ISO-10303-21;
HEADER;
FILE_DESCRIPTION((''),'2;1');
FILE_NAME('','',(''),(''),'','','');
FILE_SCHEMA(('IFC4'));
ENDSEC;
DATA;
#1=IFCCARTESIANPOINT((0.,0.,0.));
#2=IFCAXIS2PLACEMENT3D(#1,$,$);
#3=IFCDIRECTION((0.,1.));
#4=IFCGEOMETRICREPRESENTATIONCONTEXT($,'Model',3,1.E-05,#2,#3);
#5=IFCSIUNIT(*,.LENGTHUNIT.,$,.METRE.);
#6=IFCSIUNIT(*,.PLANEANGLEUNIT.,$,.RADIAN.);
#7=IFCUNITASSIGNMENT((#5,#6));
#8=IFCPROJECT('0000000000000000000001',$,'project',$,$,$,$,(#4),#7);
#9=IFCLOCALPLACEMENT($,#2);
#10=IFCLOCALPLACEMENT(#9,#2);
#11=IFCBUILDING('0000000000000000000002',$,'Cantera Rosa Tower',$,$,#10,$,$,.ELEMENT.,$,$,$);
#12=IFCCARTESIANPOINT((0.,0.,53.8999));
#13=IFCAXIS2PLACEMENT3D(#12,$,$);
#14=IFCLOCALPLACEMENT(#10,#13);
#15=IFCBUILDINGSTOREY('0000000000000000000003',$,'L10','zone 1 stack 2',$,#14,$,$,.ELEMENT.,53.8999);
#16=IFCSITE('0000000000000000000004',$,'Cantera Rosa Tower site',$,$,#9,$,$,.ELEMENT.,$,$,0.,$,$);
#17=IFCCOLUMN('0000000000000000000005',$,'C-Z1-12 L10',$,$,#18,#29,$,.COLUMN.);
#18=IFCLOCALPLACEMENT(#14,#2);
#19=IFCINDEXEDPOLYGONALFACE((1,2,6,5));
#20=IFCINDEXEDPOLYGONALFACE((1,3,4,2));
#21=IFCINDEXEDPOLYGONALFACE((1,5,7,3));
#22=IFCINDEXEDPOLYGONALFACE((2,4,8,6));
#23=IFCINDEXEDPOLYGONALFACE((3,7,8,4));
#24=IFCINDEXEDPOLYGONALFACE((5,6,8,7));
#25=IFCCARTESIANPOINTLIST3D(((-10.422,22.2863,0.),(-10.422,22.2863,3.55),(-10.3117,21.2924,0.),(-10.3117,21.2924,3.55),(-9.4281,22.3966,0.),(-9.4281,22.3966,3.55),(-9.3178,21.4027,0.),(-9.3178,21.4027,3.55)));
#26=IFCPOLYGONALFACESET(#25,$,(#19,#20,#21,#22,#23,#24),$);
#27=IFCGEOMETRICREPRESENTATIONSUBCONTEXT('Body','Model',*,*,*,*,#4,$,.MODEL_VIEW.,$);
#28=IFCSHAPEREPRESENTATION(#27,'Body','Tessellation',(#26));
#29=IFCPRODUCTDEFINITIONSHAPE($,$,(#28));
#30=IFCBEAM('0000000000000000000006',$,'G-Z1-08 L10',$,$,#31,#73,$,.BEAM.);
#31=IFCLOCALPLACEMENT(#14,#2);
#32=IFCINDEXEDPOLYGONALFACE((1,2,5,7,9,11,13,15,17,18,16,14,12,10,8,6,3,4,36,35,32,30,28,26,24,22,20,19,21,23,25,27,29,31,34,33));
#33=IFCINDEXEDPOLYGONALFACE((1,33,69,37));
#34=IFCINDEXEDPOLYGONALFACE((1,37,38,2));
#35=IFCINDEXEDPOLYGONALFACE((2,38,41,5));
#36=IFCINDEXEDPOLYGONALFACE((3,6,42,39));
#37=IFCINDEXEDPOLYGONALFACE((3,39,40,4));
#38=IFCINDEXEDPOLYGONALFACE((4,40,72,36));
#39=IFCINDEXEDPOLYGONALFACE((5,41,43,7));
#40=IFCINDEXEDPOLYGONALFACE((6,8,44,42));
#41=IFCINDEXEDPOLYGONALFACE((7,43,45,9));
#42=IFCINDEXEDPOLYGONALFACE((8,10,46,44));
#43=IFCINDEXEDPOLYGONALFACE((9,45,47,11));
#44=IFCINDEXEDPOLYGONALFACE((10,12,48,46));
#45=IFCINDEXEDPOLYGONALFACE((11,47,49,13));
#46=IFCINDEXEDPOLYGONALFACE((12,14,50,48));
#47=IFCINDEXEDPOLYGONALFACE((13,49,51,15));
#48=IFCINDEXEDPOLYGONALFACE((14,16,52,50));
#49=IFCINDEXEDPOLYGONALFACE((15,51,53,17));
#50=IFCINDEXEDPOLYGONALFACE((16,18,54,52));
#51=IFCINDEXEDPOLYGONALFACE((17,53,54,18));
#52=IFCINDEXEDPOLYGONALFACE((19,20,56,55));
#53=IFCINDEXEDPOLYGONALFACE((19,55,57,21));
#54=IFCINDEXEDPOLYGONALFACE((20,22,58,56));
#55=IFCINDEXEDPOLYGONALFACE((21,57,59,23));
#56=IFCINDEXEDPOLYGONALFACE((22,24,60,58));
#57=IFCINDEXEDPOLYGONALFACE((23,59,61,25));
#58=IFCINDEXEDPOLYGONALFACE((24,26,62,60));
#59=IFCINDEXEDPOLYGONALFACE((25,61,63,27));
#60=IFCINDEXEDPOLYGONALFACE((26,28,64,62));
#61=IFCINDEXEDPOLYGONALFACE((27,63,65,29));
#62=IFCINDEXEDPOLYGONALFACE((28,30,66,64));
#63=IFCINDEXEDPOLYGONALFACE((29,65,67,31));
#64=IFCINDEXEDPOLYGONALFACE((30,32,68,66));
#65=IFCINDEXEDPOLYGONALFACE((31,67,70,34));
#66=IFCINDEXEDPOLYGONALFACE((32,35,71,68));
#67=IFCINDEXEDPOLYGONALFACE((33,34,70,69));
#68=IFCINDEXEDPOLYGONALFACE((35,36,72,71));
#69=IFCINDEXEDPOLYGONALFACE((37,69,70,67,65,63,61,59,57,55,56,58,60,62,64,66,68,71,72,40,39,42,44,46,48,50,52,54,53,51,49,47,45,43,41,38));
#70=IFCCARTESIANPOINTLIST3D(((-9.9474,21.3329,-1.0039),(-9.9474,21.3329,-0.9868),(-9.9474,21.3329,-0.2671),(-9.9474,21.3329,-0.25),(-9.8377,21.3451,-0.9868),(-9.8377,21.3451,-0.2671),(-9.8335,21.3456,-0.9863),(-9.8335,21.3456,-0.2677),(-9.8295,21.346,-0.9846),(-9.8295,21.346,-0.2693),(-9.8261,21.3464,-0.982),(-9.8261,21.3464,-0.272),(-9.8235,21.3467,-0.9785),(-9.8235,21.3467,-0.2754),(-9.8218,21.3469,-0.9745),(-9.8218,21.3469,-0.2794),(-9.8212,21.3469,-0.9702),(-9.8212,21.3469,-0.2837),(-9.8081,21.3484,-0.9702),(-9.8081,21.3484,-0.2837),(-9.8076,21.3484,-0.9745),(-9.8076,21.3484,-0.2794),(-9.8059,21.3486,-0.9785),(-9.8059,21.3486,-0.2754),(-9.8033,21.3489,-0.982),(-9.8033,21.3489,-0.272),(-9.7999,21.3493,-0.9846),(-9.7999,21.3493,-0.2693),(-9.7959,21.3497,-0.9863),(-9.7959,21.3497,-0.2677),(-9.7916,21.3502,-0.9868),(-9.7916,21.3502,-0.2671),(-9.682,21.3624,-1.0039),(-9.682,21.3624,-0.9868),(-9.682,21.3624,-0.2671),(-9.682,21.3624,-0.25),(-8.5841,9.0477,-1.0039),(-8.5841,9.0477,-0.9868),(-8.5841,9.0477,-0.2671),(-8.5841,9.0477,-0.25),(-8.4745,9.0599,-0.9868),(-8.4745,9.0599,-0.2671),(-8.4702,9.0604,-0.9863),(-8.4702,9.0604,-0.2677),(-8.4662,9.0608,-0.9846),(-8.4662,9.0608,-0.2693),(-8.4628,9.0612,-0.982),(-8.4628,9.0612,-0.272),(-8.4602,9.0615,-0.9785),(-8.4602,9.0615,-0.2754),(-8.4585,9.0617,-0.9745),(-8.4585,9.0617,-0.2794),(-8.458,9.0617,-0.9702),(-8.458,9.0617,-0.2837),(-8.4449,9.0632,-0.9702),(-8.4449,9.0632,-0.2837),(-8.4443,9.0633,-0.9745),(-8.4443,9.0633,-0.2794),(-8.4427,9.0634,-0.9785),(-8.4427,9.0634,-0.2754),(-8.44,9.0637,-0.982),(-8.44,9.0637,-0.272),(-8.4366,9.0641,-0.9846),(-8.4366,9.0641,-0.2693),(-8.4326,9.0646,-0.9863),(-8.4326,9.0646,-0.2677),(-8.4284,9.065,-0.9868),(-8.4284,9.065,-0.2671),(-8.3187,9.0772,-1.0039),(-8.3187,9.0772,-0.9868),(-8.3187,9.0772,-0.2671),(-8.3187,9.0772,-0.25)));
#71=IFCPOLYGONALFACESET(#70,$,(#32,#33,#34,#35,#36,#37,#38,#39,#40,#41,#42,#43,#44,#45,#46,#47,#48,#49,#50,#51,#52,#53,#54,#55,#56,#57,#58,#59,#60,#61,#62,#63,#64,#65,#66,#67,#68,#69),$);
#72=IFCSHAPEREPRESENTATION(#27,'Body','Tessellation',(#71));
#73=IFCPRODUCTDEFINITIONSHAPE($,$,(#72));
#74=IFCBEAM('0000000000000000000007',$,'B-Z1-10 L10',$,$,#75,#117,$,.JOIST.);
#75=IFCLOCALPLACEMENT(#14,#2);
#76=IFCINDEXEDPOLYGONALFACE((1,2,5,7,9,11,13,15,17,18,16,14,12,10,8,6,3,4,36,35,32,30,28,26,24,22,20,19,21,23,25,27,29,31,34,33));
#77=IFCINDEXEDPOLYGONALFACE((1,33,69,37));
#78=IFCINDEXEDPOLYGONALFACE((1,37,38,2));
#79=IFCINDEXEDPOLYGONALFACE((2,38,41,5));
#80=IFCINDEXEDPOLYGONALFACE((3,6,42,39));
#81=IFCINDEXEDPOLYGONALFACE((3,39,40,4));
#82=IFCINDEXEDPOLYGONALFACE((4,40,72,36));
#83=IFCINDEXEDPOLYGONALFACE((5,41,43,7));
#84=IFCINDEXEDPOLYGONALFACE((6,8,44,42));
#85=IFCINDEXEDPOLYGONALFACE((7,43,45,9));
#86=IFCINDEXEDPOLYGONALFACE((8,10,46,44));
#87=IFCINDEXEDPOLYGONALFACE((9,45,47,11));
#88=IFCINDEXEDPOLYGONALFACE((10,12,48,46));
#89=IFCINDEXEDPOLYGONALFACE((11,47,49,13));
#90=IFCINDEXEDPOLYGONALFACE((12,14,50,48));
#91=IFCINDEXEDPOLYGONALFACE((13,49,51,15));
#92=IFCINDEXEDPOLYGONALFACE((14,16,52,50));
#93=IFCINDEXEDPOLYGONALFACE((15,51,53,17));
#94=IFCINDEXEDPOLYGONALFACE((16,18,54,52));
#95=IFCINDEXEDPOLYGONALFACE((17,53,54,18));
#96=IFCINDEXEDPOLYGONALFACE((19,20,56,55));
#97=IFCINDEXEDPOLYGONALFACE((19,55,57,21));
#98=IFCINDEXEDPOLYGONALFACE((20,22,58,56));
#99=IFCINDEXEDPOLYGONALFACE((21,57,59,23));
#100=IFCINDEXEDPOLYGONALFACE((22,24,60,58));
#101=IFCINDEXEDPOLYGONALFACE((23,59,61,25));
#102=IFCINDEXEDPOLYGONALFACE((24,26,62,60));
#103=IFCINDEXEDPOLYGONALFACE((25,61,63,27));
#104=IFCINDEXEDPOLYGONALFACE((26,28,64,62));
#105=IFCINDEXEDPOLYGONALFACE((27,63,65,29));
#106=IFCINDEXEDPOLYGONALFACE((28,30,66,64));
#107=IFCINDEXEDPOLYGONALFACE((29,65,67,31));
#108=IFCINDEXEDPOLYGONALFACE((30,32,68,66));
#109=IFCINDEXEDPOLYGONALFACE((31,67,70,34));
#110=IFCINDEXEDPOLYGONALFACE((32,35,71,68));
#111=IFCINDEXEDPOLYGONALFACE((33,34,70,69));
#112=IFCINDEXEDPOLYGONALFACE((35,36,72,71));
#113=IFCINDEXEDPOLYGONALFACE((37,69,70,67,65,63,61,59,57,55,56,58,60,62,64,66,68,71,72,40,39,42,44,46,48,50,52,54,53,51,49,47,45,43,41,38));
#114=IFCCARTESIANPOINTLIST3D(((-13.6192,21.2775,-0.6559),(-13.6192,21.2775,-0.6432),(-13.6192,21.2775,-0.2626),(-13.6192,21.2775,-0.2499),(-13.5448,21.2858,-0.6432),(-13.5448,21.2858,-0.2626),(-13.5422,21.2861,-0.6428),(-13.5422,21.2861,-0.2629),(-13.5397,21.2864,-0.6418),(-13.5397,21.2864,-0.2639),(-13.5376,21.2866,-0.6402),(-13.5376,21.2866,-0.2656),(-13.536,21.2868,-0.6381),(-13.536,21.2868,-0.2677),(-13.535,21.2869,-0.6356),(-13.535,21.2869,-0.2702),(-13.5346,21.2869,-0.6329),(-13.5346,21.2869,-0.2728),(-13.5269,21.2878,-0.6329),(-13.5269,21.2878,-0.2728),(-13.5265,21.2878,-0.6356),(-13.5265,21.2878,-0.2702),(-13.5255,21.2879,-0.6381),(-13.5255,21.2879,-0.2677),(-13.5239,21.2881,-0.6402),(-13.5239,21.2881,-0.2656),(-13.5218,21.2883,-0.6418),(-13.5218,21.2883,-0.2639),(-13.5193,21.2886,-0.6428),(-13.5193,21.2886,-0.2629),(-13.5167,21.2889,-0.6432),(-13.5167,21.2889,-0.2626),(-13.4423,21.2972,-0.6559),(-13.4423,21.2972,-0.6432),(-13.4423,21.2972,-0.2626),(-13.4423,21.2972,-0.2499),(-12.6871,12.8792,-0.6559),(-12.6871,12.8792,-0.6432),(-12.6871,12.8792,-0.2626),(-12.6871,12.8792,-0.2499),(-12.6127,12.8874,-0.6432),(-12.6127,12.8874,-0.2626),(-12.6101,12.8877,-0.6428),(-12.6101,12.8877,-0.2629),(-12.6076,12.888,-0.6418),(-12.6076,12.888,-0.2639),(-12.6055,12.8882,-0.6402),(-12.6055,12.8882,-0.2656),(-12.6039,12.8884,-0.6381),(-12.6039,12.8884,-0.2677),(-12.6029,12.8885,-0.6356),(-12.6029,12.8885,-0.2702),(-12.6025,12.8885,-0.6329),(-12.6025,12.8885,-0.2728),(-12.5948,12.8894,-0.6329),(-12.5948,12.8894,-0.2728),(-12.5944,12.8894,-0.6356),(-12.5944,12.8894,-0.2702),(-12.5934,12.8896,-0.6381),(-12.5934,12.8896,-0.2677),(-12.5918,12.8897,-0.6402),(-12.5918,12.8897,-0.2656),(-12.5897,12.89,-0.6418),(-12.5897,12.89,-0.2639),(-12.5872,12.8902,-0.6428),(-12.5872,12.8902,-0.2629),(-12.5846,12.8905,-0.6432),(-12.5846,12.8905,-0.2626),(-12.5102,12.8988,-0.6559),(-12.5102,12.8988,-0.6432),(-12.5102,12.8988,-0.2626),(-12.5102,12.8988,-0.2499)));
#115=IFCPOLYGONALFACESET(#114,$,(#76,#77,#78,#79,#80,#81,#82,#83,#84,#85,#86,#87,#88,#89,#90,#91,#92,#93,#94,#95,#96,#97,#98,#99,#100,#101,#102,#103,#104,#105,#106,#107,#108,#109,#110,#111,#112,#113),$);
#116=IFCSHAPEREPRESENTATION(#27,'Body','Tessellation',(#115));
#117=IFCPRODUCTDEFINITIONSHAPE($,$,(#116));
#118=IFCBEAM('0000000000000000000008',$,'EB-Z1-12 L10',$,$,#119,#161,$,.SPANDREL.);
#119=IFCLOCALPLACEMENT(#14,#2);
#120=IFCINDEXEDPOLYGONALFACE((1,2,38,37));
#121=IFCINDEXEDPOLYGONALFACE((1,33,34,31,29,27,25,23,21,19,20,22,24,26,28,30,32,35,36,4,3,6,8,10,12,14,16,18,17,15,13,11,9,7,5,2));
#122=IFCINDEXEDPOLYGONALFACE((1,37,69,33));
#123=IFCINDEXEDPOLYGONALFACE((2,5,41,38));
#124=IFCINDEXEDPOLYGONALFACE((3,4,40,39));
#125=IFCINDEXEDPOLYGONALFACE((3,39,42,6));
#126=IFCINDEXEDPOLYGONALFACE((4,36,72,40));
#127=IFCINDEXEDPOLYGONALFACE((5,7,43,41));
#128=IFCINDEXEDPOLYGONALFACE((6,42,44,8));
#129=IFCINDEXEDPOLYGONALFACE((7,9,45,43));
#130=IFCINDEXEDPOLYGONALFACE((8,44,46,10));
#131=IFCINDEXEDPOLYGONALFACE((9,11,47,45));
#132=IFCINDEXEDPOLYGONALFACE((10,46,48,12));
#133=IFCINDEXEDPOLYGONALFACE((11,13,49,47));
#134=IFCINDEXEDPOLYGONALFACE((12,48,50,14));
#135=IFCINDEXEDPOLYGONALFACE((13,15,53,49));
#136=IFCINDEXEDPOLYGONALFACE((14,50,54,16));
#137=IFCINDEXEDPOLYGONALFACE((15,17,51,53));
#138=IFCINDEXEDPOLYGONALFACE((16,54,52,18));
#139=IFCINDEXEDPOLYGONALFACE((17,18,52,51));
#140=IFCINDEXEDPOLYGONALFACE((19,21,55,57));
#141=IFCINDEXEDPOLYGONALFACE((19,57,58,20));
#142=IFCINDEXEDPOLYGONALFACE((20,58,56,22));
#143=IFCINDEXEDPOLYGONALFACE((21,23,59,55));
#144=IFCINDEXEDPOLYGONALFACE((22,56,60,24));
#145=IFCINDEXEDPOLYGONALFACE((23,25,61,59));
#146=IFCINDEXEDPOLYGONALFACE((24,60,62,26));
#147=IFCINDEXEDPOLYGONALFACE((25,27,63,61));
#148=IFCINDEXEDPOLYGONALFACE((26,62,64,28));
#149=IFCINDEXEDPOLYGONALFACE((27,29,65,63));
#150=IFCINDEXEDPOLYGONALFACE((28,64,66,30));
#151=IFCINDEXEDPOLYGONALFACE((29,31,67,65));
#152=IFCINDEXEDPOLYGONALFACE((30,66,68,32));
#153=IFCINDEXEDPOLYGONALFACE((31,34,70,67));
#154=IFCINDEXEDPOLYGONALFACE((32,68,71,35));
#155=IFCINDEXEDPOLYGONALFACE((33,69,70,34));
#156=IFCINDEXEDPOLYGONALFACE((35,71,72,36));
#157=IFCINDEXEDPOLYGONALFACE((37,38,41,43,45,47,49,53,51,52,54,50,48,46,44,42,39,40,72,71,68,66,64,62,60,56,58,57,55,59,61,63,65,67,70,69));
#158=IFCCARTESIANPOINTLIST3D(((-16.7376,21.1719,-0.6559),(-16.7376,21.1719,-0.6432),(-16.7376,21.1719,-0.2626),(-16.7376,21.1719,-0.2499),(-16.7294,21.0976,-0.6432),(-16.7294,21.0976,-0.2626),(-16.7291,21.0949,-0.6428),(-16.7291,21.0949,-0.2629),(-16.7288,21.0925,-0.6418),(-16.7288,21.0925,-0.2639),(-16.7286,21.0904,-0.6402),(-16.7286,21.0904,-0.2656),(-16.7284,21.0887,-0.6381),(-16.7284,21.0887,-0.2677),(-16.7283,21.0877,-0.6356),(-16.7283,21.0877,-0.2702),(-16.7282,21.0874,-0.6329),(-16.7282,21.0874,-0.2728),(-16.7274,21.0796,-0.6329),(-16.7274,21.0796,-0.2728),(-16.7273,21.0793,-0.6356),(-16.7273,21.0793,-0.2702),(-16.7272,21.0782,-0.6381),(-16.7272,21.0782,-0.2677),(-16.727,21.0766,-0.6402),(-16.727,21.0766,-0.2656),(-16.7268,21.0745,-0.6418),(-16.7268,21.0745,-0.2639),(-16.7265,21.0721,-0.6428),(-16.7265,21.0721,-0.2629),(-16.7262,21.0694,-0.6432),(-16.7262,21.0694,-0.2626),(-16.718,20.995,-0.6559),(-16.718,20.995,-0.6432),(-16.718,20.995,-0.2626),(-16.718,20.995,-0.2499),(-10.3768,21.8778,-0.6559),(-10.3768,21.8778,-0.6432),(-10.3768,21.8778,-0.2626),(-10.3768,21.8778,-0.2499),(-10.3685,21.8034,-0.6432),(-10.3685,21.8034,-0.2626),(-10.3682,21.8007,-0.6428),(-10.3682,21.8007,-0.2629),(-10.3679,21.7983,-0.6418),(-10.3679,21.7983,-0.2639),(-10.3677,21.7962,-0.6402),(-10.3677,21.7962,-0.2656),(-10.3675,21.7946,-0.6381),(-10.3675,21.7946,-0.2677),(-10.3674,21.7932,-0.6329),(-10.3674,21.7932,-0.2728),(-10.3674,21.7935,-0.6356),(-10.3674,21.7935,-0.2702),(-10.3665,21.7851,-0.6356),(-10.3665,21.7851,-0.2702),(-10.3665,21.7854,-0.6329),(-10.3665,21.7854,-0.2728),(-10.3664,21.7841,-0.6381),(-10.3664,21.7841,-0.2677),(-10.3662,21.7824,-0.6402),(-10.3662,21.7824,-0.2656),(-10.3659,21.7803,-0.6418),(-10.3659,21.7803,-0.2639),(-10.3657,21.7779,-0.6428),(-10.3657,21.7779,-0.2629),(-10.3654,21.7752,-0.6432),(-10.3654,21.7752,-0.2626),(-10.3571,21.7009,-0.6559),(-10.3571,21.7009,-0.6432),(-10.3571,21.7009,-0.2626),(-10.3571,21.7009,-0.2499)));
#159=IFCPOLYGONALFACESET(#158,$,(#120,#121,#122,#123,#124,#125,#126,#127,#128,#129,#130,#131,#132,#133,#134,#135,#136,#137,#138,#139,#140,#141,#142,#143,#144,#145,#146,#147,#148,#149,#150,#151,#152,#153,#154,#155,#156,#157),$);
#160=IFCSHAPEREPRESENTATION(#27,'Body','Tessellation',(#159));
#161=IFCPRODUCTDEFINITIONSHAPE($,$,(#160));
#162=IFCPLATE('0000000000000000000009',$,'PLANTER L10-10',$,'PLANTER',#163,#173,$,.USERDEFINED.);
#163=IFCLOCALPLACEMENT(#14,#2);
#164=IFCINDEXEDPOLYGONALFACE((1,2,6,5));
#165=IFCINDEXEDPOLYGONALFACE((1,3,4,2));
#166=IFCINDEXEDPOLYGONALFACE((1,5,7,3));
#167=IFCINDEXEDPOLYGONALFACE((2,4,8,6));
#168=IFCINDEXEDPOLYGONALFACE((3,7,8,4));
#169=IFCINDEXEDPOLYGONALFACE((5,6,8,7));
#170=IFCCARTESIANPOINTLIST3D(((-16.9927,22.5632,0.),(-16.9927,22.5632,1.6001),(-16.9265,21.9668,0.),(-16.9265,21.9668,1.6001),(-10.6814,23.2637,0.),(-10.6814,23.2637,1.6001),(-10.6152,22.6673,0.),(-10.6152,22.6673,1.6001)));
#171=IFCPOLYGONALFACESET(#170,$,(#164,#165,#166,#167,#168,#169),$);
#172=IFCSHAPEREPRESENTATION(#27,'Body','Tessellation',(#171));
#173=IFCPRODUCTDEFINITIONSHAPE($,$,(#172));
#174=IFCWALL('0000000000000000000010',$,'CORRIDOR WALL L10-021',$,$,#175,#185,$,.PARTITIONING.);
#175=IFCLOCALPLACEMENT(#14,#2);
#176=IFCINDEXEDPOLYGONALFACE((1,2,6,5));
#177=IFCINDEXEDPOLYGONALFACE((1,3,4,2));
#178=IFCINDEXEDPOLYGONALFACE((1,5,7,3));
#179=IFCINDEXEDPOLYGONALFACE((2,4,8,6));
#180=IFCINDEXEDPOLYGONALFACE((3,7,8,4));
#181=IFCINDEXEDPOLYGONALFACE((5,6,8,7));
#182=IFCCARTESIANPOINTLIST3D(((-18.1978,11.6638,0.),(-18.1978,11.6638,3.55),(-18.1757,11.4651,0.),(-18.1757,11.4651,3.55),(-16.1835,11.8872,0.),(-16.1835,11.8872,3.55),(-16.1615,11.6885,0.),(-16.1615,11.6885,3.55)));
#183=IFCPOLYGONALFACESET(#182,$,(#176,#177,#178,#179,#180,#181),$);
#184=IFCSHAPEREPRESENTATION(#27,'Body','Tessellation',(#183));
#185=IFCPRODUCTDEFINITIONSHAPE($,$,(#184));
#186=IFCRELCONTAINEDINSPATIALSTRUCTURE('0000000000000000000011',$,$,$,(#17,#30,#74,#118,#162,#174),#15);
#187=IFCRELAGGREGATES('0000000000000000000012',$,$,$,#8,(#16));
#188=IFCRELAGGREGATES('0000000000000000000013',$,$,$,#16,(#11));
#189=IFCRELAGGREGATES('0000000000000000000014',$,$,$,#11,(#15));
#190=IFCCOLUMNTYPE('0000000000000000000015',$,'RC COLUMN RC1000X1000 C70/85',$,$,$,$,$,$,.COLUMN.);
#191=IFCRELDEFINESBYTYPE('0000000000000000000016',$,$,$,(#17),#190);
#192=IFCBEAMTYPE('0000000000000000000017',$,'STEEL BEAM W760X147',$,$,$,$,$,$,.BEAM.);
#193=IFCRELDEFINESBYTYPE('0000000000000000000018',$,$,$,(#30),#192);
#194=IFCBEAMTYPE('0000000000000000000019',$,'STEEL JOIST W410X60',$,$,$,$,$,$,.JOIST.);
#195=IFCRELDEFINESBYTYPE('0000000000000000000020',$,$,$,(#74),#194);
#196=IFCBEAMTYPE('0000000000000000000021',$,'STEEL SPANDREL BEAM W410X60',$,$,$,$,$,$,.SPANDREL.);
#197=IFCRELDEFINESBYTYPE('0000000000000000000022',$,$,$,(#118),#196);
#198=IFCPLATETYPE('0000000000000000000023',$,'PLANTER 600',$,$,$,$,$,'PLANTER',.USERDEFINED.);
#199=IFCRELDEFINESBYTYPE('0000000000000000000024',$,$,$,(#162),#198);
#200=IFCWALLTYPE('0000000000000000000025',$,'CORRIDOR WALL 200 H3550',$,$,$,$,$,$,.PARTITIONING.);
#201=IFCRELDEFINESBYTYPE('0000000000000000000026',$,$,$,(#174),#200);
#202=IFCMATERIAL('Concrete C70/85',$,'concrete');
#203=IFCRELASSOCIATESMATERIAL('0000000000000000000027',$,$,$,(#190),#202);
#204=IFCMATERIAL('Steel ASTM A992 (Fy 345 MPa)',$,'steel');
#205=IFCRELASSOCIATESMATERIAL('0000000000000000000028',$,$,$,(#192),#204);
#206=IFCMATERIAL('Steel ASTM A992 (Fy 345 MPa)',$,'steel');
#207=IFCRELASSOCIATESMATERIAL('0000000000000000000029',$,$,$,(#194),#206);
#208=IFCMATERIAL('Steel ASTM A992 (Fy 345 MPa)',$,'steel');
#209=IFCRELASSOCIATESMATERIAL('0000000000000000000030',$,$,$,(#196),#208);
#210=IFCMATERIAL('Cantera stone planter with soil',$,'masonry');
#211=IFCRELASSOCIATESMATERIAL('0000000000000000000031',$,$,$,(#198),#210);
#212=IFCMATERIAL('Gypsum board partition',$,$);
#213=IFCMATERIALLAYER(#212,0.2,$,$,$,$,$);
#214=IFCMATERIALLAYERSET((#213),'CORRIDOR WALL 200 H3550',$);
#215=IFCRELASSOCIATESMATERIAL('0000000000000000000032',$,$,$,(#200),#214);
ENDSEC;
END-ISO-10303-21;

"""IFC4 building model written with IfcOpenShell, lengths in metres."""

from ifc_helpers import new_model, si_unit, direction, frame, frame_2d, origin, origin_2d, place, context, subcontext, project, spatial, rectangle, i_section, extrude, material, layer, layer_set, material_profile, profile_set, type_object, element, save


model = new_model("IFC4")

# Units and contexts
model_context = context("Model", 3, precision=1e-05, world=origin(), true_north=direction((0.0, 1.0)))
body_context = subcontext(model_context, "Body", "Model", "MODEL_VIEW")
ifc_project = project(units=[si_unit("LENGTHUNIT", "METRE"), si_unit("PLANEANGLEUNIT", "RADIAN")], contexts=[model_context])

# Site, building, storey
site_placement = place(None, origin())
site = spatial("IfcSite", under=ifc_project, at=site_placement, Name="Cantera Rosa Tower site", CompositionType="ELEMENT", RefElevation=0.0)
building_placement = place(site_placement, origin())
building = spatial("IfcBuilding", under=site, at=building_placement, Name="Cantera Rosa Tower", CompositionType="ELEMENT")
storey_placement = place(building_placement, frame((0.0, 0.0, 53.8999)))
storey = spatial("IfcBuildingStorey", under=building, at=storey_placement, Name="L10", Description="zone 1 stack 2", CompositionType="ELEMENT", Elevation=53.8999)

# Column
ifc_material_1 = material(Name="Concrete C70/85", Category="concrete")
ifc_material_profile_1 = material_profile(ifc_material_1, rectangle(XDim=1.0, YDim=1.0, at=origin_2d()), Name="RC COLUMN RC1000X1000 C70/85")
ifc_profile_set_1 = profile_set([ifc_material_profile_1], Name="Concrete C70/85")
column_type = type_object("IfcColumnType", Name="RC COLUMN RC1000X1000 C70/85", PredefinedType="COLUMN", material=ifc_profile_set_1)
column_placement = place(storey_placement, frame((-9.8699, 21.8445, 0.0), z_axis=(0.0, 0.0, 1.0), x_axis=(0.993897, 0.110313, 0.0)))
element("IfcColumn", 1, at=column_placement, inside=storey, type_object=column_type, Name="C-Z1-12 L10", PredefinedType="COLUMN", context=body_context, shape_type="SweptSolid", body=[
    extrude(rectangle(XDim=1.0, YDim=1.0, at=origin_2d()), origin(), (0.0, 0.0, 1.0), 3.55),
])

# Beams
ifc_material_2 = material(Name="Steel ASTM A992 (Fy 345 MPa)", Category="steel")
ifc_material_profile_2 = material_profile(ifc_material_2, i_section(OverallWidth=0.2671, OverallDepth=0.7539, WebThickness=0.0132, FlangeThickness=0.0171, FilletRadius=0.0166, at=origin_2d()), Name="W760X147")
ifc_profile_set_2 = profile_set([ifc_material_profile_2], Name="Steel ASTM A992 (Fy 345 MPa)")
beam_type_1 = type_object("IfcBeamType", Name="STEEL BEAM W760X147", PredefinedType="BEAM", material=ifc_profile_set_2)
beam_1_placement = place(storey_placement, frame((-9.8147, 21.3477, -0.627), z_axis=(0.110293, -0.993899, 0.0), x_axis=(0.993899, 0.110293, 0.0)))
element("IfcBeam", 2, at=beam_1_placement, inside=storey, type_object=beam_type_1, Name="G-Z1-08 L10", PredefinedType="BEAM", context=body_context, shape_type="SweptSolid", body=[
    extrude(i_section(OverallWidth=0.2671, OverallDepth=0.7539, WebThickness=0.0132, FlangeThickness=0.0171, FilletRadius=0.0166, at=origin_2d()), origin(), (0.0, 0.0, 1.0), 12.3606),
])
ifc_material_3 = material(Name="Steel ASTM A992 (Fy 345 MPa)", Category="steel")
ifc_material_profile_3 = material_profile(ifc_material_3, i_section(OverallWidth=0.178, OverallDepth=0.406, WebThickness=0.0078, FlangeThickness=0.0127, FilletRadius=0.0103, at=origin_2d()), Name="W410X60")
ifc_profile_set_3 = profile_set([ifc_material_profile_3], Name="Steel ASTM A992 (Fy 345 MPa)")
beam_type_2 = type_object("IfcBeamType", Name="STEEL JOIST W410X60", PredefinedType="JOIST", material=ifc_profile_set_3)
beam_2_placement = place(storey_placement, frame((-13.5308, 21.2874, -0.4529), z_axis=(0.110311, -0.993897, 0.0), x_axis=(0.993897, 0.110311, 0.0)))
element("IfcBeam", 3, at=beam_2_placement, inside=storey, type_object=beam_type_2, Name="B-Z1-10 L10", PredefinedType="JOIST", context=body_context, shape_type="SweptSolid", body=[
    extrude(i_section(OverallWidth=0.178, OverallDepth=0.406, WebThickness=0.0078, FlangeThickness=0.0127, FilletRadius=0.0103, at=origin_2d()), origin(), (0.0, 0.0, 1.0), 8.45),
])
ifc_material_4 = material(Name="Steel ASTM A992 (Fy 345 MPa)", Category="steel")
ifc_material_profile_4 = material_profile(ifc_material_4, i_section(OverallWidth=0.178, OverallDepth=0.406, WebThickness=0.0078, FlangeThickness=0.0127, FilletRadius=0.0103, at=origin_2d()), Name="W410X60")
ifc_profile_set_4 = profile_set([ifc_material_profile_4], Name="Steel ASTM A992 (Fy 345 MPa)")
beam_type_3 = type_object("IfcBeamType", Name="STEEL SPANDREL BEAM W410X60", PredefinedType="SPANDREL", material=ifc_profile_set_4)
beam_3_placement = place(storey_placement, frame((-10.3669, 21.7893, -0.4529), z_axis=(-0.9939, -0.110285, 0.0), x_axis=(0.110285, -0.9939, 0.0)))
element("IfcBeam", 4, at=beam_3_placement, inside=storey, type_object=beam_type_3, Name="EB-Z1-12 L10", PredefinedType="SPANDREL", context=body_context, shape_type="SweptSolid", body=[
    extrude(i_section(OverallWidth=0.178, OverallDepth=0.406, WebThickness=0.0078, FlangeThickness=0.0127, FilletRadius=0.0103, at=origin_2d()), origin(), (0.0, 0.0, 1.0), 6.3999),
])

# Plate
ifc_material_5 = material(Name="Cantera stone planter with soil", Category="masonry")
plate_type = type_object("IfcPlateType", Name="PLANTER 600", ElementType="PLANTER", PredefinedType="USERDEFINED", material=ifc_material_5)
plate_placement = place(storey_placement, frame((-13.804, 22.6152, 0.0), z_axis=(0.0, 0.0, 1.0), x_axis=(-0.993897, -0.110313, 0.0)))
element("IfcPlate", 5, at=plate_placement, inside=storey, type_object=plate_type, Name="PLANTER L10-10", ObjectType="PLANTER", PredefinedType="USERDEFINED", context=body_context, shape_type="SweptSolid", body=[
    extrude(rectangle(XDim=6.3501, YDim=0.6001, at=origin_2d()), origin(), (0.0, 0.0, 1.0), 1.6001),
])

# Wall
ifc_material_6 = material(Name="Gypsum board partition")
ifc_layer_1 = layer(ifc_material_6, 0.2)
ifc_layer_set_1 = layer_set([ifc_layer_1], Name="CORRIDOR WALL 200 H3550")
wall_type_1 = type_object("IfcWallType", Name="CORRIDOR WALL 200 H3550", PredefinedType="PARTITIONING", material=ifc_layer_set_1)
wall_1_placement = place(storey_placement, frame((-16.1726, 11.7878, 0.0), z_axis=(0.0, 0.0, 1.0), x_axis=(-0.993906, -0.110233, 0.0)))
element("IfcWall", 6, at=wall_1_placement, inside=storey, type_object=wall_type_1, Name="CORRIDOR WALL L10-021", PredefinedType="PARTITIONING", context=body_context, shape_type="SweptSolid", body=[
    extrude(rectangle(XDim=2.0266, YDim=0.2, at=frame_2d((1.0132, 0.0))), origin(), (0.0, 0.0, 1.0), 3.55),
])

save(model, "model.ifc")
